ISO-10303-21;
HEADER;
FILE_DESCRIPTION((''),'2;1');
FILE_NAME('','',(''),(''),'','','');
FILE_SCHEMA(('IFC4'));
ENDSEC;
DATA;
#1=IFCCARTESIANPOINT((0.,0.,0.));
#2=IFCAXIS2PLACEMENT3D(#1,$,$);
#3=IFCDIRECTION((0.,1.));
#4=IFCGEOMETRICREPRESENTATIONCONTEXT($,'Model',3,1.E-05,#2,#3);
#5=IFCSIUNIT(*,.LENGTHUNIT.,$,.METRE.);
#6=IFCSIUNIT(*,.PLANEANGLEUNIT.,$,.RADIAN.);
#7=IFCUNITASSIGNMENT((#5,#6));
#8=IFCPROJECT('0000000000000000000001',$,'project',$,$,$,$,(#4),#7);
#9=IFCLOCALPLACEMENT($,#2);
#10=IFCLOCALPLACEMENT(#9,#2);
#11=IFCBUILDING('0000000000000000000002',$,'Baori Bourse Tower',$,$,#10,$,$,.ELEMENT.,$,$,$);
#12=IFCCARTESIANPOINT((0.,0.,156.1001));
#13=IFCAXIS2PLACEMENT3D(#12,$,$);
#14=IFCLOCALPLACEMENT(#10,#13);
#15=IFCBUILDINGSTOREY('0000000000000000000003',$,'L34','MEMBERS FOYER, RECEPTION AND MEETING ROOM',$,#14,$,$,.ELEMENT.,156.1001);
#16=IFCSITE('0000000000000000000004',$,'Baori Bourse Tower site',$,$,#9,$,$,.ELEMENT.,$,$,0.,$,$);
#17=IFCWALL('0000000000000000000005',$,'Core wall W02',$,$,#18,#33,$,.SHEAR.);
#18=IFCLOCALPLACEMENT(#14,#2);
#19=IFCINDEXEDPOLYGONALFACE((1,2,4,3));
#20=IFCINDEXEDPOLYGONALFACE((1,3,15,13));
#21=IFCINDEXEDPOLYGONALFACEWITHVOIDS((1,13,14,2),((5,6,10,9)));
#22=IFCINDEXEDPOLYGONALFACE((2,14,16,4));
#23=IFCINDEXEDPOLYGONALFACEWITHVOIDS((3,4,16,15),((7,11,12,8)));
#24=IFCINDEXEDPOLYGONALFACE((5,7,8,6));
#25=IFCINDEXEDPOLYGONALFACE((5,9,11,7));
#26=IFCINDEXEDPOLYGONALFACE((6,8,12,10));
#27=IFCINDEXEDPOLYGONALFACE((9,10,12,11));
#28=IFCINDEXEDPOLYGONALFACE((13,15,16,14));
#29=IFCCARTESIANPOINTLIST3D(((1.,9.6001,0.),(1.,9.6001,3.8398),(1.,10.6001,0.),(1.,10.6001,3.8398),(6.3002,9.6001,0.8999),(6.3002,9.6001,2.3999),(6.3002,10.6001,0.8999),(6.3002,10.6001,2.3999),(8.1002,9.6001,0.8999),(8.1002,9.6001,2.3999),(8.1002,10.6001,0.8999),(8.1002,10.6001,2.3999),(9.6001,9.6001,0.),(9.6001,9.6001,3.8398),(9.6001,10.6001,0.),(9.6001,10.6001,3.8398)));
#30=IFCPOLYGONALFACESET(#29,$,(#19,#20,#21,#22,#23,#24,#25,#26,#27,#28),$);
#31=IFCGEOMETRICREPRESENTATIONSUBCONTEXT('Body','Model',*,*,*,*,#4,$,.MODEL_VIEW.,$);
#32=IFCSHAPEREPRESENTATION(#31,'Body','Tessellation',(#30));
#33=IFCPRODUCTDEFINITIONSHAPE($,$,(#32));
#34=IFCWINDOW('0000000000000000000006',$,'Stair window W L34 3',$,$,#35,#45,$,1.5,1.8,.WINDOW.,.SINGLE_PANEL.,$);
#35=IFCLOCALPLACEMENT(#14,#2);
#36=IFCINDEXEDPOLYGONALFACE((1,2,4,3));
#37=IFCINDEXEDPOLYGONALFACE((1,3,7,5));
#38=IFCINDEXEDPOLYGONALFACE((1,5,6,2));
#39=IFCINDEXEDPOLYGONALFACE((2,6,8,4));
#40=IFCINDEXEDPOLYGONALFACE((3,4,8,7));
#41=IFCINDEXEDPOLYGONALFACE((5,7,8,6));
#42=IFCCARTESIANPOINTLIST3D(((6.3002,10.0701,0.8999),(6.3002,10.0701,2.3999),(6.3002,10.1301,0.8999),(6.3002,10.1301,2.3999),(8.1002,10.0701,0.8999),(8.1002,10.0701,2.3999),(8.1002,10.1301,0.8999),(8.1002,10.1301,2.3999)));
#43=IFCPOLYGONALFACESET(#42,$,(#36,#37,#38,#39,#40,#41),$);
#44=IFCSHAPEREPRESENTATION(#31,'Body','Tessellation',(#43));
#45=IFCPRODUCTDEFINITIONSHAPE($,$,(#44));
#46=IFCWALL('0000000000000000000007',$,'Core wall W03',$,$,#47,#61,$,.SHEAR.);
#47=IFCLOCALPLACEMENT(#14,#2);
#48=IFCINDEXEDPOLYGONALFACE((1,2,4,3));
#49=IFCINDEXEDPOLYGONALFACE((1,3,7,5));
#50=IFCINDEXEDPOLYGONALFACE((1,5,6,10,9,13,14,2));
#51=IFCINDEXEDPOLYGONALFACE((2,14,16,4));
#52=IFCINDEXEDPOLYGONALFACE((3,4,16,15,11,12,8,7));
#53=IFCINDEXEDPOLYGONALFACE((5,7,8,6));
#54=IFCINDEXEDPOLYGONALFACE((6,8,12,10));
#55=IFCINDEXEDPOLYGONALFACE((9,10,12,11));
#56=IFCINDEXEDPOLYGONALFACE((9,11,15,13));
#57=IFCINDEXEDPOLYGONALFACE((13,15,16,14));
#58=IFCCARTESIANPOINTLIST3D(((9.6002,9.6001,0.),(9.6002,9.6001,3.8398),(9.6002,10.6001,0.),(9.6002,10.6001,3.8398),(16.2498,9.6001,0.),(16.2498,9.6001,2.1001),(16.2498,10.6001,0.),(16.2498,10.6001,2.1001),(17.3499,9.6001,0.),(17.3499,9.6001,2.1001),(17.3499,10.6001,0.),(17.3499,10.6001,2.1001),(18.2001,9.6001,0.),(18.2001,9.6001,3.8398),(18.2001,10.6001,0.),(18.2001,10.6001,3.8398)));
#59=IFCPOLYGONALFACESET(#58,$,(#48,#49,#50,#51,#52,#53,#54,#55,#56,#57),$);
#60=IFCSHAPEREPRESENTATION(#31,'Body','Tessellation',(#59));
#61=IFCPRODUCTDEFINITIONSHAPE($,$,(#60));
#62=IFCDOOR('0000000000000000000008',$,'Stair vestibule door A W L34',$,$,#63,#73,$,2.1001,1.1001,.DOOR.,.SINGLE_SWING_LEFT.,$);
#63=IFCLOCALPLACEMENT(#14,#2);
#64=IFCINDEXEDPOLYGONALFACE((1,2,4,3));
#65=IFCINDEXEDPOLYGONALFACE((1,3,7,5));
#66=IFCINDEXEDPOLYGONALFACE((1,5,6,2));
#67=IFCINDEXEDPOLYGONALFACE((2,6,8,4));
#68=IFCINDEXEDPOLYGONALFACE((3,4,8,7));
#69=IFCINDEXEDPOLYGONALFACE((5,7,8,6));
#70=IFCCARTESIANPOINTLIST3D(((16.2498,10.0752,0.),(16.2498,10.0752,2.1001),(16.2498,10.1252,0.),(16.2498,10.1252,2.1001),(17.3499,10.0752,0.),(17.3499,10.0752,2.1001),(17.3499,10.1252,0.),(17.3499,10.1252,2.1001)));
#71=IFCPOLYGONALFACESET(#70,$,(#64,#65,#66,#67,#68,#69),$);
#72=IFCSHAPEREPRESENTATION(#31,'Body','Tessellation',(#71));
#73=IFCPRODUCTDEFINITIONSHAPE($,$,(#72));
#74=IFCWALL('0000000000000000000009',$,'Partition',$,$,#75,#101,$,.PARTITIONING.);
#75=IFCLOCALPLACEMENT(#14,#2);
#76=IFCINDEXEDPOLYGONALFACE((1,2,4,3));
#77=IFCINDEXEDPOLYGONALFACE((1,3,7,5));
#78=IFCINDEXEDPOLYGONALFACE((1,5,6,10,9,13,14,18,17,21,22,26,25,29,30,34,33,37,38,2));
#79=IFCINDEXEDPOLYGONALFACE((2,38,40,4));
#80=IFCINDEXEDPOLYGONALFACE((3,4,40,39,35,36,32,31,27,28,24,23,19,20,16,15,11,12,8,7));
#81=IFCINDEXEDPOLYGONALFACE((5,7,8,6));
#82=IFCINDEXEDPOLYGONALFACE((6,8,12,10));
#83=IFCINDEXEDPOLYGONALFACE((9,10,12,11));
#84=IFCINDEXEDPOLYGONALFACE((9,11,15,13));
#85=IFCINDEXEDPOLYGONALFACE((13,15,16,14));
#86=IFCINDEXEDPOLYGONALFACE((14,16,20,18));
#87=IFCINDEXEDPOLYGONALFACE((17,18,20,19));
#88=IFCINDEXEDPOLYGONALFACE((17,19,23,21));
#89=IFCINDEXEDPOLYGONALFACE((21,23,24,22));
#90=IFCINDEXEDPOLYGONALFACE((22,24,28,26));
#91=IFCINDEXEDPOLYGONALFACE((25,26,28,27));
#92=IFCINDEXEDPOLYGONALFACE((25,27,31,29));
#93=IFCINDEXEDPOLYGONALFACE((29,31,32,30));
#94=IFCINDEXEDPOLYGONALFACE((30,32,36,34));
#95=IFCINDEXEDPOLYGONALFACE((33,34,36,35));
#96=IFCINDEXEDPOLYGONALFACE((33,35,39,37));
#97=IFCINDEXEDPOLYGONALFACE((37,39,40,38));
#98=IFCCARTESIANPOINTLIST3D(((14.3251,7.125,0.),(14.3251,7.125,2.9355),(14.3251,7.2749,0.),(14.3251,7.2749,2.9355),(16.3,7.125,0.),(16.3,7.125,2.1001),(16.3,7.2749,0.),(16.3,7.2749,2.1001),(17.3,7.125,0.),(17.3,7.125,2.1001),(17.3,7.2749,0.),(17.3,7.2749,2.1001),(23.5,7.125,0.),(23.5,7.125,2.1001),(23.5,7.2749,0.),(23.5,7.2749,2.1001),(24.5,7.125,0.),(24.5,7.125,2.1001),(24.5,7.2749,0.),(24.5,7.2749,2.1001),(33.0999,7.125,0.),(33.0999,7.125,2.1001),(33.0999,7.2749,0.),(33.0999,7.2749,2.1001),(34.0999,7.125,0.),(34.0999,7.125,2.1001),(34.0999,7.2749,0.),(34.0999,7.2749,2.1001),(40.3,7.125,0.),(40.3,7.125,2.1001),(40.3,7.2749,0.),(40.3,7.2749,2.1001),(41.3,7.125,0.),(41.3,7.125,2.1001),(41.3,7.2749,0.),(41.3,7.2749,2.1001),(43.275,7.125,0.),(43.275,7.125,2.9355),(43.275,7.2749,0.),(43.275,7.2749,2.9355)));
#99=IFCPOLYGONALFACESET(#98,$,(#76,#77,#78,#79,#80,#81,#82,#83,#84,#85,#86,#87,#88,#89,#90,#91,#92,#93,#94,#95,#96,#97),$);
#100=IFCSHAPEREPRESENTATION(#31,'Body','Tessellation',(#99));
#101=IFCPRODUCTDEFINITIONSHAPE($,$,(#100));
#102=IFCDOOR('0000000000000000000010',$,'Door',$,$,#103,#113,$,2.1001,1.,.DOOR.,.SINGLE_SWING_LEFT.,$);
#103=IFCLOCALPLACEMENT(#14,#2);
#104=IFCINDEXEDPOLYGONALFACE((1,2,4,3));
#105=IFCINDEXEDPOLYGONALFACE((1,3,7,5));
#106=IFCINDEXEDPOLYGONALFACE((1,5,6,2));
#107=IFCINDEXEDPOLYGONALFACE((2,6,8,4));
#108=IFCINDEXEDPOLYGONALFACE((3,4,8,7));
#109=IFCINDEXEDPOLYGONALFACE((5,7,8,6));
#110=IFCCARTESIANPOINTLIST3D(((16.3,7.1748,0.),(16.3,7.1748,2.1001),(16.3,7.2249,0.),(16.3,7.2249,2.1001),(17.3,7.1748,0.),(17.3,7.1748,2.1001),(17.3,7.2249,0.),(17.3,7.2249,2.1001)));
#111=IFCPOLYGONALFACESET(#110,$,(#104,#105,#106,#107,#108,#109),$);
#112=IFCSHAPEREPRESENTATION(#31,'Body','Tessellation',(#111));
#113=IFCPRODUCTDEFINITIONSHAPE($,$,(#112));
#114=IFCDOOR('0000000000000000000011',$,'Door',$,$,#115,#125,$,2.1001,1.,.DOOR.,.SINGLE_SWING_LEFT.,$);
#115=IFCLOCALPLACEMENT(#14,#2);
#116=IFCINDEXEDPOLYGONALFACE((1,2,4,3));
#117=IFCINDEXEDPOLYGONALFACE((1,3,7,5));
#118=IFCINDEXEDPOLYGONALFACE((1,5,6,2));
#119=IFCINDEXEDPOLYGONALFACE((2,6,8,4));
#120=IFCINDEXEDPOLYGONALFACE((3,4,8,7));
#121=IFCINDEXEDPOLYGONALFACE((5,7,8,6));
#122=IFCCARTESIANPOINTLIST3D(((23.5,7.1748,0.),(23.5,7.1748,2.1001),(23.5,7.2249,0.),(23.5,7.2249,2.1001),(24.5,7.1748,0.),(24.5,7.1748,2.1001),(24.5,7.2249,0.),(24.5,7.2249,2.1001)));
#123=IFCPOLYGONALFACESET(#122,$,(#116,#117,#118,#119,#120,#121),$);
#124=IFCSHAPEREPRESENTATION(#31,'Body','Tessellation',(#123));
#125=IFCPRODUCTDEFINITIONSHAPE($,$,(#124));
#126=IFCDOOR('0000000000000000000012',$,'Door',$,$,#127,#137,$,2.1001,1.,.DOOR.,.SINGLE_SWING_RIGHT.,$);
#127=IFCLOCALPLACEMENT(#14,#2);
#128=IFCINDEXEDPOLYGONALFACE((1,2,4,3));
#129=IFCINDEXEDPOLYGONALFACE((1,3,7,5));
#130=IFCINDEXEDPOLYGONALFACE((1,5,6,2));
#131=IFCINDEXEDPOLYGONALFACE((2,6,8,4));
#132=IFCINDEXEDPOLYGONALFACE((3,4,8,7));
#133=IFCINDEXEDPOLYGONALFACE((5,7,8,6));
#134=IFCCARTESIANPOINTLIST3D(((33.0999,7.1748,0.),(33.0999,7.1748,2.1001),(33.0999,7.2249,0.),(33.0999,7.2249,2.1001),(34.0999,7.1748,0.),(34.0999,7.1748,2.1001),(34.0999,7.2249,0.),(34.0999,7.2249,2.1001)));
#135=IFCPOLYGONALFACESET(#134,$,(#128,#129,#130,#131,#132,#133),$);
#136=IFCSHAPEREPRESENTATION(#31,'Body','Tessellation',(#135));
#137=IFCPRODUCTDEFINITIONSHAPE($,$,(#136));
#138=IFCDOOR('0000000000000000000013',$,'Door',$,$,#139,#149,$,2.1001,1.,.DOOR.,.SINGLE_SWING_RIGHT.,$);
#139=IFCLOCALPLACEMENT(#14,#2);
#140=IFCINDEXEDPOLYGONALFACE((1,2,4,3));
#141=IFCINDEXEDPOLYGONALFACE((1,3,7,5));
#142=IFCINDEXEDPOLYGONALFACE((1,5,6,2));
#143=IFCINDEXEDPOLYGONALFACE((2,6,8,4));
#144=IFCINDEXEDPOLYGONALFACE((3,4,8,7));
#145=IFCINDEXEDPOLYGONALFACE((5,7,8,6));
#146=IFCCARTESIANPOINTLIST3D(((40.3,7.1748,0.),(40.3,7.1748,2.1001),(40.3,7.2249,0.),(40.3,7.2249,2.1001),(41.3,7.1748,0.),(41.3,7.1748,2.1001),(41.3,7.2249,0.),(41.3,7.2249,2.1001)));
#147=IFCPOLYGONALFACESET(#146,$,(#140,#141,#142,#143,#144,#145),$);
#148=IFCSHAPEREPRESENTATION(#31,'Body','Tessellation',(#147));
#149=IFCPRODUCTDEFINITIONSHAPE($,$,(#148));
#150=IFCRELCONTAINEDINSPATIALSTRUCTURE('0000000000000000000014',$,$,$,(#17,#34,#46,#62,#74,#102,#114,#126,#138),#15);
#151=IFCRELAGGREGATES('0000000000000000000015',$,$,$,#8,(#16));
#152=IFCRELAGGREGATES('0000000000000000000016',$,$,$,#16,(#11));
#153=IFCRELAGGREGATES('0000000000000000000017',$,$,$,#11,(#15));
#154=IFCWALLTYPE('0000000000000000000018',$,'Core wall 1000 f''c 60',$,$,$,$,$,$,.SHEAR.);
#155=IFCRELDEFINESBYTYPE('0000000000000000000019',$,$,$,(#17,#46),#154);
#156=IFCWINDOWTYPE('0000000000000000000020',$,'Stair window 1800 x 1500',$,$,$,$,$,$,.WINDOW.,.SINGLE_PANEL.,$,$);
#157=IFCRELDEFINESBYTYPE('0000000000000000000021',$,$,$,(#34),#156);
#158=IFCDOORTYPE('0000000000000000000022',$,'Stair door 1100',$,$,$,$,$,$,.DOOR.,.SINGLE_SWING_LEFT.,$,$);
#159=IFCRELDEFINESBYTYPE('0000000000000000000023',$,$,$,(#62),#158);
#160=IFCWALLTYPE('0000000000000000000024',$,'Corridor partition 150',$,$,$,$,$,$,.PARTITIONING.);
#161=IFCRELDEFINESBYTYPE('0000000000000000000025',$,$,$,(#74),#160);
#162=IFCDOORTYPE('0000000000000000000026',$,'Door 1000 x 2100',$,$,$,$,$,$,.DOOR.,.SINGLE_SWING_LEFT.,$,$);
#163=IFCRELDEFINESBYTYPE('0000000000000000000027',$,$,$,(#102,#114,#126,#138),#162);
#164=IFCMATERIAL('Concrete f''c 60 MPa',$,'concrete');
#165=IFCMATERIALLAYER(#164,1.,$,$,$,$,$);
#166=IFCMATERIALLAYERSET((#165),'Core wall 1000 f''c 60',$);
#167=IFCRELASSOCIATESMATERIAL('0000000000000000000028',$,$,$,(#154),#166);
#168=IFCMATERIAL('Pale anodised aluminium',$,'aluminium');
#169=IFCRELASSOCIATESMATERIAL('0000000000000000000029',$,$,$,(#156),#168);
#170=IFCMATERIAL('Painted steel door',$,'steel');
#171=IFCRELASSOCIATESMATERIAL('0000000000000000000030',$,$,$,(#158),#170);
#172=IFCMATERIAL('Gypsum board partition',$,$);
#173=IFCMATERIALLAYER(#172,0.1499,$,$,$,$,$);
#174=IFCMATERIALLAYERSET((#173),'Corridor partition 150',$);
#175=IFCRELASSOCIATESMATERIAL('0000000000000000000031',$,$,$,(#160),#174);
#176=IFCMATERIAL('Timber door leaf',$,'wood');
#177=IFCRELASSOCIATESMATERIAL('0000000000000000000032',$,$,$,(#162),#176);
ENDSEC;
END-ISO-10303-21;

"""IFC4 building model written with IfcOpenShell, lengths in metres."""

from ifc_helpers import new_model, si_unit, direction, frame, frame_2d, origin, place, context, subcontext, project, spatial, rectangle, extrude, material, layer, layer_set, type_object, element, fill, save


model = new_model("IFC4")

# Units and contexts
model_context = context("Model", 3, precision=1e-05, world=origin(), true_north=direction((0.0, 1.0)))
body_context = subcontext(model_context, "Body", "Model", "MODEL_VIEW")
ifc_project = project(units=[si_unit("LENGTHUNIT", "METRE"), si_unit("PLANEANGLEUNIT", "RADIAN")], contexts=[model_context])

# Site, building, storey
site_placement = place(None, origin())
site = spatial("IfcSite", under=ifc_project, at=site_placement, Name="Baori Bourse Tower site", CompositionType="ELEMENT", RefElevation=0.0)
building_placement = place(site_placement, origin())
building = spatial("IfcBuilding", under=site, at=building_placement, Name="Baori Bourse Tower", CompositionType="ELEMENT")
storey_placement = place(building_placement, frame((0.0, 0.0, 156.1001)))
storey = spatial("IfcBuildingStorey", under=building, at=storey_placement, Name="L34", Description="MEMBERS FOYER, RECEPTION AND MEETING ROOM", CompositionType="ELEMENT", Elevation=156.1001)

# Wall, opening, window
ifc_material_1 = material(Name="Concrete f'c 60 MPa", Category="concrete")
ifc_layer_1 = layer(ifc_material_1, 1.0)
ifc_layer_set_1 = layer_set([ifc_layer_1], Name="Core wall 1000 f'c 60")
wall_type_1 = type_object("IfcWallType", Name="Core wall 1000 f'c 60", PredefinedType="SHEAR", material=ifc_layer_set_1)
wall_1_placement = place(storey_placement, frame((9.6001, 10.1001, 0.0), z_axis=(0.0, 0.0, 1.0), x_axis=(-1.0, 0.0, 0.0)))
wall_1 = element("IfcWall", 1, at=wall_1_placement, inside=storey, type_object=wall_type_1, Name="Core wall W02", PredefinedType="SHEAR", context=body_context, shape_type="SweptSolid", body=[
    extrude(rectangle(XDim=8.6001, YDim=1.0, at=frame_2d((4.3, 0.0))), origin(), (0.0, 0.0, 1.0), 3.8398),
])
opening_1_placement = place(wall_1_placement, frame((1.5, 0.0, 0.8999)))
opening_1 = element("IfcOpeningElement", 2, at=opening_1_placement, cuts=wall_1, PredefinedType="OPENING", context=body_context, shape_type="SweptSolid", body=[
    extrude(rectangle(XDim=1.8, YDim=1.5, at=frame_2d((0.8999, 0.75))), frame((0.0, 0.51, 0.0), z_axis=(0.0, -1.0, 0.0), x_axis=(1.0, 0.0, 0.0)), (0.0, 0.0, 1.0), 1.02),
])
ifc_material_2 = material(Name="Pale anodised aluminium", Category="aluminium")
window_type = type_object("IfcWindowType", Name="Stair window 1800 x 1500", PartitioningType="SINGLE_PANEL", PredefinedType="WINDOW", material=ifc_material_2)
window_placement = place(opening_1_placement, origin())
window = element("IfcWindow", 3, at=window_placement, inside=storey, type_object=window_type, Name="Stair window W L34 3", OverallHeight=1.5, OverallWidth=1.8, PartitioningType="SINGLE_PANEL", PredefinedType="WINDOW", context=body_context, shape_type="SweptSolid", body=[
    extrude(rectangle(XDim=1.8, YDim=1.5, at=frame_2d((0.8999, 0.75))), frame((0.0, 0.03, 0.0), z_axis=(0.0, -1.0, 0.0), x_axis=(1.0, 0.0, 0.0)), (0.0, 0.0, 1.0), 0.0601),
])
fill(opening_1, window)

# Wall, opening, door
wall_2_placement = place(storey_placement, frame((18.2, 10.1001, 0.0), z_axis=(0.0, 0.0, 1.0), x_axis=(-1.0, 0.0, 0.0)))
wall_2 = element("IfcWall", 4, at=wall_2_placement, inside=storey, type_object=wall_type_1, Name="Core wall W03", PredefinedType="SHEAR", context=body_context, shape_type="SweptSolid", body=[
    extrude(rectangle(XDim=8.5999, YDim=1.0, at=frame_2d((4.2998, 0.0))), origin(), (0.0, 0.0, 1.0), 3.8398),
])
opening_2_placement = place(wall_2_placement, frame((0.8501, 0.0, 0.0)))
opening_2 = element("IfcOpeningElement", 5, at=opening_2_placement, cuts=wall_2, PredefinedType="OPENING", context=body_context, shape_type="SweptSolid", body=[
    extrude(rectangle(XDim=1.1001, YDim=2.1001, at=frame_2d((0.55, 1.05))), frame((0.0, 0.51, 0.0), z_axis=(0.0, -1.0, 0.0), x_axis=(1.0, 0.0, 0.0)), (0.0, 0.0, 1.0), 1.02),
])
ifc_material_3 = material(Name="Painted steel door", Category="steel")
door_type_1 = type_object("IfcDoorType", Name="Stair door 1100", OperationType="SINGLE_SWING_LEFT", PredefinedType="DOOR", material=ifc_material_3)
door_1_placement = place(opening_2_placement, origin())
door_1 = element("IfcDoor", 6, at=door_1_placement, inside=storey, type_object=door_type_1, Name="Stair vestibule door A W L34", OperationType="SINGLE_SWING_LEFT", OverallHeight=2.1001, OverallWidth=1.1001, PredefinedType="DOOR", context=body_context, shape_type="SweptSolid", body=[
    extrude(rectangle(XDim=1.1001, YDim=2.1001, at=frame_2d((0.55, 1.05))), frame((0.0, 0.0249, 0.0), z_axis=(0.0, -1.0, 0.0), x_axis=(1.0, 0.0, 0.0)), (0.0, 0.0, 1.0), 0.05),
])
fill(opening_2, door_1)

# Wall, openings, doors
ifc_material_4 = material(Name="Gypsum board partition")
ifc_layer_2 = layer(ifc_material_4, 0.1499)
ifc_layer_set_2 = layer_set([ifc_layer_2], Name="Corridor partition 150")
wall_type_2 = type_object("IfcWallType", Name="Corridor partition 150", PredefinedType="PARTITIONING", material=ifc_layer_set_2)
wall_3_placement = place(storey_placement, frame((14.325, 7.2, 0.0), z_axis=(0.0, 0.0, 1.0), x_axis=(1.0, 0.0, 0.0)))
wall_3 = element("IfcWall", 7, at=wall_3_placement, inside=storey, type_object=wall_type_2, Name="Partition", PredefinedType="PARTITIONING", context=body_context, shape_type="SweptSolid", body=[
    extrude(rectangle(XDim=28.95, YDim=0.1499, at=frame_2d((14.4751, 0.0))), origin(), (0.0, 0.0, 1.0), 2.9355),
])
opening_3_placement = place(wall_3_placement, frame((1.9751, 0.0, 0.0)))
opening_3 = element("IfcOpeningElement", 8, at=opening_3_placement, cuts=wall_3, PredefinedType="OPENING", context=body_context, shape_type="SweptSolid", body=[
    extrude(rectangle(XDim=1.0, YDim=2.1001, at=frame_2d((0.5, 1.05))), frame((0.0, 0.085, 0.0), z_axis=(0.0, -1.0, 0.0), x_axis=(1.0, 0.0, 0.0)), (0.0, 0.0, 1.0), 0.1699),
])
opening_4_placement = place(wall_3_placement, frame((9.175, 0.0, 0.0)))
opening_4 = element("IfcOpeningElement", 9, at=opening_4_placement, cuts=wall_3, PredefinedType="OPENING", context=body_context, shape_type="SweptSolid", body=[
    extrude(rectangle(XDim=1.0, YDim=2.1001, at=frame_2d((0.5, 1.05))), frame((0.0, 0.085, 0.0), z_axis=(0.0, -1.0, 0.0), x_axis=(1.0, 0.0, 0.0)), (0.0, 0.0, 1.0), 0.1699),
])
opening_5_placement = place(wall_3_placement, frame((18.7749, 0.0, 0.0)))
opening_5 = element("IfcOpeningElement", 10, at=opening_5_placement, cuts=wall_3, PredefinedType="OPENING", context=body_context, shape_type="SweptSolid", body=[
    extrude(rectangle(XDim=1.0, YDim=2.1001, at=frame_2d((0.5, 1.05))), frame((0.0, 0.085, 0.0), z_axis=(0.0, -1.0, 0.0), x_axis=(1.0, 0.0, 0.0)), (0.0, 0.0, 1.0), 0.1699),
])
opening_6_placement = place(wall_3_placement, frame((25.9751, 0.0, 0.0)))
opening_6 = element("IfcOpeningElement", 11, at=opening_6_placement, cuts=wall_3, PredefinedType="OPENING", context=body_context, shape_type="SweptSolid", body=[
    extrude(rectangle(XDim=1.0, YDim=2.1001, at=frame_2d((0.5, 1.05))), frame((0.0, 0.085, 0.0), z_axis=(0.0, -1.0, 0.0), x_axis=(1.0, 0.0, 0.0)), (0.0, 0.0, 1.0), 0.1699),
])
ifc_material_5 = material(Name="Timber door leaf", Category="wood")
door_type_2 = type_object("IfcDoorType", Name="Door 1000 x 2100", OperationType="SINGLE_SWING_LEFT", PredefinedType="DOOR", material=ifc_material_5)
door_2_placement = place(opening_3_placement, origin())
door_2 = element("IfcDoor", 12, at=door_2_placement, inside=storey, type_object=door_type_2, Name="Door", OperationType="SINGLE_SWING_LEFT", OverallHeight=2.1001, OverallWidth=1.0, PredefinedType="DOOR", context=body_context, shape_type="SweptSolid", body=[
    extrude(rectangle(XDim=1.0, YDim=2.1001, at=frame_2d((0.5, 1.05))), frame((0.0, 0.0249, 0.0), z_axis=(0.0, -1.0, 0.0), x_axis=(1.0, 0.0, 0.0)), (0.0, 0.0, 1.0), 0.05),
])
fill(opening_3, door_2)
door_3_placement = place(opening_4_placement, origin())
door_3 = element("IfcDoor", 13, at=door_3_placement, inside=storey, type_object=door_type_2, Name="Door", OperationType="SINGLE_SWING_LEFT", OverallHeight=2.1001, OverallWidth=1.0, PredefinedType="DOOR", context=body_context, shape_type="SweptSolid", body=[
    extrude(rectangle(XDim=1.0, YDim=2.1001, at=frame_2d((0.5, 1.05))), frame((0.0, 0.0249, 0.0), z_axis=(0.0, -1.0, 0.0), x_axis=(1.0, 0.0, 0.0)), (0.0, 0.0, 1.0), 0.05),
])
fill(opening_4, door_3)
door_4_placement = place(opening_5_placement, origin())
door_4 = element("IfcDoor", 14, at=door_4_placement, inside=storey, type_object=door_type_2, Name="Door", OperationType="SINGLE_SWING_RIGHT", OverallHeight=2.1001, OverallWidth=1.0, PredefinedType="DOOR", context=body_context, shape_type="SweptSolid", body=[
    extrude(rectangle(XDim=1.0, YDim=2.1001, at=frame_2d((0.5, 1.05))), frame((0.0, 0.0249, 0.0), z_axis=(0.0, -1.0, 0.0), x_axis=(1.0, 0.0, 0.0)), (0.0, 0.0, 1.0), 0.05),
])
fill(opening_5, door_4)
door_5_placement = place(opening_6_placement, origin())
door_5 = element("IfcDoor", 15, at=door_5_placement, inside=storey, type_object=door_type_2, Name="Door", OperationType="SINGLE_SWING_RIGHT", OverallHeight=2.1001, OverallWidth=1.0, PredefinedType="DOOR", context=body_context, shape_type="SweptSolid", body=[
    extrude(rectangle(XDim=1.0, YDim=2.1001, at=frame_2d((0.5, 1.05))), frame((0.0, 0.0249, 0.0), z_axis=(0.0, -1.0, 0.0), x_axis=(1.0, 0.0, 0.0)), (0.0, 0.0, 1.0), 0.05),
])
fill(opening_6, door_5)

save(model, "model.ifc")
